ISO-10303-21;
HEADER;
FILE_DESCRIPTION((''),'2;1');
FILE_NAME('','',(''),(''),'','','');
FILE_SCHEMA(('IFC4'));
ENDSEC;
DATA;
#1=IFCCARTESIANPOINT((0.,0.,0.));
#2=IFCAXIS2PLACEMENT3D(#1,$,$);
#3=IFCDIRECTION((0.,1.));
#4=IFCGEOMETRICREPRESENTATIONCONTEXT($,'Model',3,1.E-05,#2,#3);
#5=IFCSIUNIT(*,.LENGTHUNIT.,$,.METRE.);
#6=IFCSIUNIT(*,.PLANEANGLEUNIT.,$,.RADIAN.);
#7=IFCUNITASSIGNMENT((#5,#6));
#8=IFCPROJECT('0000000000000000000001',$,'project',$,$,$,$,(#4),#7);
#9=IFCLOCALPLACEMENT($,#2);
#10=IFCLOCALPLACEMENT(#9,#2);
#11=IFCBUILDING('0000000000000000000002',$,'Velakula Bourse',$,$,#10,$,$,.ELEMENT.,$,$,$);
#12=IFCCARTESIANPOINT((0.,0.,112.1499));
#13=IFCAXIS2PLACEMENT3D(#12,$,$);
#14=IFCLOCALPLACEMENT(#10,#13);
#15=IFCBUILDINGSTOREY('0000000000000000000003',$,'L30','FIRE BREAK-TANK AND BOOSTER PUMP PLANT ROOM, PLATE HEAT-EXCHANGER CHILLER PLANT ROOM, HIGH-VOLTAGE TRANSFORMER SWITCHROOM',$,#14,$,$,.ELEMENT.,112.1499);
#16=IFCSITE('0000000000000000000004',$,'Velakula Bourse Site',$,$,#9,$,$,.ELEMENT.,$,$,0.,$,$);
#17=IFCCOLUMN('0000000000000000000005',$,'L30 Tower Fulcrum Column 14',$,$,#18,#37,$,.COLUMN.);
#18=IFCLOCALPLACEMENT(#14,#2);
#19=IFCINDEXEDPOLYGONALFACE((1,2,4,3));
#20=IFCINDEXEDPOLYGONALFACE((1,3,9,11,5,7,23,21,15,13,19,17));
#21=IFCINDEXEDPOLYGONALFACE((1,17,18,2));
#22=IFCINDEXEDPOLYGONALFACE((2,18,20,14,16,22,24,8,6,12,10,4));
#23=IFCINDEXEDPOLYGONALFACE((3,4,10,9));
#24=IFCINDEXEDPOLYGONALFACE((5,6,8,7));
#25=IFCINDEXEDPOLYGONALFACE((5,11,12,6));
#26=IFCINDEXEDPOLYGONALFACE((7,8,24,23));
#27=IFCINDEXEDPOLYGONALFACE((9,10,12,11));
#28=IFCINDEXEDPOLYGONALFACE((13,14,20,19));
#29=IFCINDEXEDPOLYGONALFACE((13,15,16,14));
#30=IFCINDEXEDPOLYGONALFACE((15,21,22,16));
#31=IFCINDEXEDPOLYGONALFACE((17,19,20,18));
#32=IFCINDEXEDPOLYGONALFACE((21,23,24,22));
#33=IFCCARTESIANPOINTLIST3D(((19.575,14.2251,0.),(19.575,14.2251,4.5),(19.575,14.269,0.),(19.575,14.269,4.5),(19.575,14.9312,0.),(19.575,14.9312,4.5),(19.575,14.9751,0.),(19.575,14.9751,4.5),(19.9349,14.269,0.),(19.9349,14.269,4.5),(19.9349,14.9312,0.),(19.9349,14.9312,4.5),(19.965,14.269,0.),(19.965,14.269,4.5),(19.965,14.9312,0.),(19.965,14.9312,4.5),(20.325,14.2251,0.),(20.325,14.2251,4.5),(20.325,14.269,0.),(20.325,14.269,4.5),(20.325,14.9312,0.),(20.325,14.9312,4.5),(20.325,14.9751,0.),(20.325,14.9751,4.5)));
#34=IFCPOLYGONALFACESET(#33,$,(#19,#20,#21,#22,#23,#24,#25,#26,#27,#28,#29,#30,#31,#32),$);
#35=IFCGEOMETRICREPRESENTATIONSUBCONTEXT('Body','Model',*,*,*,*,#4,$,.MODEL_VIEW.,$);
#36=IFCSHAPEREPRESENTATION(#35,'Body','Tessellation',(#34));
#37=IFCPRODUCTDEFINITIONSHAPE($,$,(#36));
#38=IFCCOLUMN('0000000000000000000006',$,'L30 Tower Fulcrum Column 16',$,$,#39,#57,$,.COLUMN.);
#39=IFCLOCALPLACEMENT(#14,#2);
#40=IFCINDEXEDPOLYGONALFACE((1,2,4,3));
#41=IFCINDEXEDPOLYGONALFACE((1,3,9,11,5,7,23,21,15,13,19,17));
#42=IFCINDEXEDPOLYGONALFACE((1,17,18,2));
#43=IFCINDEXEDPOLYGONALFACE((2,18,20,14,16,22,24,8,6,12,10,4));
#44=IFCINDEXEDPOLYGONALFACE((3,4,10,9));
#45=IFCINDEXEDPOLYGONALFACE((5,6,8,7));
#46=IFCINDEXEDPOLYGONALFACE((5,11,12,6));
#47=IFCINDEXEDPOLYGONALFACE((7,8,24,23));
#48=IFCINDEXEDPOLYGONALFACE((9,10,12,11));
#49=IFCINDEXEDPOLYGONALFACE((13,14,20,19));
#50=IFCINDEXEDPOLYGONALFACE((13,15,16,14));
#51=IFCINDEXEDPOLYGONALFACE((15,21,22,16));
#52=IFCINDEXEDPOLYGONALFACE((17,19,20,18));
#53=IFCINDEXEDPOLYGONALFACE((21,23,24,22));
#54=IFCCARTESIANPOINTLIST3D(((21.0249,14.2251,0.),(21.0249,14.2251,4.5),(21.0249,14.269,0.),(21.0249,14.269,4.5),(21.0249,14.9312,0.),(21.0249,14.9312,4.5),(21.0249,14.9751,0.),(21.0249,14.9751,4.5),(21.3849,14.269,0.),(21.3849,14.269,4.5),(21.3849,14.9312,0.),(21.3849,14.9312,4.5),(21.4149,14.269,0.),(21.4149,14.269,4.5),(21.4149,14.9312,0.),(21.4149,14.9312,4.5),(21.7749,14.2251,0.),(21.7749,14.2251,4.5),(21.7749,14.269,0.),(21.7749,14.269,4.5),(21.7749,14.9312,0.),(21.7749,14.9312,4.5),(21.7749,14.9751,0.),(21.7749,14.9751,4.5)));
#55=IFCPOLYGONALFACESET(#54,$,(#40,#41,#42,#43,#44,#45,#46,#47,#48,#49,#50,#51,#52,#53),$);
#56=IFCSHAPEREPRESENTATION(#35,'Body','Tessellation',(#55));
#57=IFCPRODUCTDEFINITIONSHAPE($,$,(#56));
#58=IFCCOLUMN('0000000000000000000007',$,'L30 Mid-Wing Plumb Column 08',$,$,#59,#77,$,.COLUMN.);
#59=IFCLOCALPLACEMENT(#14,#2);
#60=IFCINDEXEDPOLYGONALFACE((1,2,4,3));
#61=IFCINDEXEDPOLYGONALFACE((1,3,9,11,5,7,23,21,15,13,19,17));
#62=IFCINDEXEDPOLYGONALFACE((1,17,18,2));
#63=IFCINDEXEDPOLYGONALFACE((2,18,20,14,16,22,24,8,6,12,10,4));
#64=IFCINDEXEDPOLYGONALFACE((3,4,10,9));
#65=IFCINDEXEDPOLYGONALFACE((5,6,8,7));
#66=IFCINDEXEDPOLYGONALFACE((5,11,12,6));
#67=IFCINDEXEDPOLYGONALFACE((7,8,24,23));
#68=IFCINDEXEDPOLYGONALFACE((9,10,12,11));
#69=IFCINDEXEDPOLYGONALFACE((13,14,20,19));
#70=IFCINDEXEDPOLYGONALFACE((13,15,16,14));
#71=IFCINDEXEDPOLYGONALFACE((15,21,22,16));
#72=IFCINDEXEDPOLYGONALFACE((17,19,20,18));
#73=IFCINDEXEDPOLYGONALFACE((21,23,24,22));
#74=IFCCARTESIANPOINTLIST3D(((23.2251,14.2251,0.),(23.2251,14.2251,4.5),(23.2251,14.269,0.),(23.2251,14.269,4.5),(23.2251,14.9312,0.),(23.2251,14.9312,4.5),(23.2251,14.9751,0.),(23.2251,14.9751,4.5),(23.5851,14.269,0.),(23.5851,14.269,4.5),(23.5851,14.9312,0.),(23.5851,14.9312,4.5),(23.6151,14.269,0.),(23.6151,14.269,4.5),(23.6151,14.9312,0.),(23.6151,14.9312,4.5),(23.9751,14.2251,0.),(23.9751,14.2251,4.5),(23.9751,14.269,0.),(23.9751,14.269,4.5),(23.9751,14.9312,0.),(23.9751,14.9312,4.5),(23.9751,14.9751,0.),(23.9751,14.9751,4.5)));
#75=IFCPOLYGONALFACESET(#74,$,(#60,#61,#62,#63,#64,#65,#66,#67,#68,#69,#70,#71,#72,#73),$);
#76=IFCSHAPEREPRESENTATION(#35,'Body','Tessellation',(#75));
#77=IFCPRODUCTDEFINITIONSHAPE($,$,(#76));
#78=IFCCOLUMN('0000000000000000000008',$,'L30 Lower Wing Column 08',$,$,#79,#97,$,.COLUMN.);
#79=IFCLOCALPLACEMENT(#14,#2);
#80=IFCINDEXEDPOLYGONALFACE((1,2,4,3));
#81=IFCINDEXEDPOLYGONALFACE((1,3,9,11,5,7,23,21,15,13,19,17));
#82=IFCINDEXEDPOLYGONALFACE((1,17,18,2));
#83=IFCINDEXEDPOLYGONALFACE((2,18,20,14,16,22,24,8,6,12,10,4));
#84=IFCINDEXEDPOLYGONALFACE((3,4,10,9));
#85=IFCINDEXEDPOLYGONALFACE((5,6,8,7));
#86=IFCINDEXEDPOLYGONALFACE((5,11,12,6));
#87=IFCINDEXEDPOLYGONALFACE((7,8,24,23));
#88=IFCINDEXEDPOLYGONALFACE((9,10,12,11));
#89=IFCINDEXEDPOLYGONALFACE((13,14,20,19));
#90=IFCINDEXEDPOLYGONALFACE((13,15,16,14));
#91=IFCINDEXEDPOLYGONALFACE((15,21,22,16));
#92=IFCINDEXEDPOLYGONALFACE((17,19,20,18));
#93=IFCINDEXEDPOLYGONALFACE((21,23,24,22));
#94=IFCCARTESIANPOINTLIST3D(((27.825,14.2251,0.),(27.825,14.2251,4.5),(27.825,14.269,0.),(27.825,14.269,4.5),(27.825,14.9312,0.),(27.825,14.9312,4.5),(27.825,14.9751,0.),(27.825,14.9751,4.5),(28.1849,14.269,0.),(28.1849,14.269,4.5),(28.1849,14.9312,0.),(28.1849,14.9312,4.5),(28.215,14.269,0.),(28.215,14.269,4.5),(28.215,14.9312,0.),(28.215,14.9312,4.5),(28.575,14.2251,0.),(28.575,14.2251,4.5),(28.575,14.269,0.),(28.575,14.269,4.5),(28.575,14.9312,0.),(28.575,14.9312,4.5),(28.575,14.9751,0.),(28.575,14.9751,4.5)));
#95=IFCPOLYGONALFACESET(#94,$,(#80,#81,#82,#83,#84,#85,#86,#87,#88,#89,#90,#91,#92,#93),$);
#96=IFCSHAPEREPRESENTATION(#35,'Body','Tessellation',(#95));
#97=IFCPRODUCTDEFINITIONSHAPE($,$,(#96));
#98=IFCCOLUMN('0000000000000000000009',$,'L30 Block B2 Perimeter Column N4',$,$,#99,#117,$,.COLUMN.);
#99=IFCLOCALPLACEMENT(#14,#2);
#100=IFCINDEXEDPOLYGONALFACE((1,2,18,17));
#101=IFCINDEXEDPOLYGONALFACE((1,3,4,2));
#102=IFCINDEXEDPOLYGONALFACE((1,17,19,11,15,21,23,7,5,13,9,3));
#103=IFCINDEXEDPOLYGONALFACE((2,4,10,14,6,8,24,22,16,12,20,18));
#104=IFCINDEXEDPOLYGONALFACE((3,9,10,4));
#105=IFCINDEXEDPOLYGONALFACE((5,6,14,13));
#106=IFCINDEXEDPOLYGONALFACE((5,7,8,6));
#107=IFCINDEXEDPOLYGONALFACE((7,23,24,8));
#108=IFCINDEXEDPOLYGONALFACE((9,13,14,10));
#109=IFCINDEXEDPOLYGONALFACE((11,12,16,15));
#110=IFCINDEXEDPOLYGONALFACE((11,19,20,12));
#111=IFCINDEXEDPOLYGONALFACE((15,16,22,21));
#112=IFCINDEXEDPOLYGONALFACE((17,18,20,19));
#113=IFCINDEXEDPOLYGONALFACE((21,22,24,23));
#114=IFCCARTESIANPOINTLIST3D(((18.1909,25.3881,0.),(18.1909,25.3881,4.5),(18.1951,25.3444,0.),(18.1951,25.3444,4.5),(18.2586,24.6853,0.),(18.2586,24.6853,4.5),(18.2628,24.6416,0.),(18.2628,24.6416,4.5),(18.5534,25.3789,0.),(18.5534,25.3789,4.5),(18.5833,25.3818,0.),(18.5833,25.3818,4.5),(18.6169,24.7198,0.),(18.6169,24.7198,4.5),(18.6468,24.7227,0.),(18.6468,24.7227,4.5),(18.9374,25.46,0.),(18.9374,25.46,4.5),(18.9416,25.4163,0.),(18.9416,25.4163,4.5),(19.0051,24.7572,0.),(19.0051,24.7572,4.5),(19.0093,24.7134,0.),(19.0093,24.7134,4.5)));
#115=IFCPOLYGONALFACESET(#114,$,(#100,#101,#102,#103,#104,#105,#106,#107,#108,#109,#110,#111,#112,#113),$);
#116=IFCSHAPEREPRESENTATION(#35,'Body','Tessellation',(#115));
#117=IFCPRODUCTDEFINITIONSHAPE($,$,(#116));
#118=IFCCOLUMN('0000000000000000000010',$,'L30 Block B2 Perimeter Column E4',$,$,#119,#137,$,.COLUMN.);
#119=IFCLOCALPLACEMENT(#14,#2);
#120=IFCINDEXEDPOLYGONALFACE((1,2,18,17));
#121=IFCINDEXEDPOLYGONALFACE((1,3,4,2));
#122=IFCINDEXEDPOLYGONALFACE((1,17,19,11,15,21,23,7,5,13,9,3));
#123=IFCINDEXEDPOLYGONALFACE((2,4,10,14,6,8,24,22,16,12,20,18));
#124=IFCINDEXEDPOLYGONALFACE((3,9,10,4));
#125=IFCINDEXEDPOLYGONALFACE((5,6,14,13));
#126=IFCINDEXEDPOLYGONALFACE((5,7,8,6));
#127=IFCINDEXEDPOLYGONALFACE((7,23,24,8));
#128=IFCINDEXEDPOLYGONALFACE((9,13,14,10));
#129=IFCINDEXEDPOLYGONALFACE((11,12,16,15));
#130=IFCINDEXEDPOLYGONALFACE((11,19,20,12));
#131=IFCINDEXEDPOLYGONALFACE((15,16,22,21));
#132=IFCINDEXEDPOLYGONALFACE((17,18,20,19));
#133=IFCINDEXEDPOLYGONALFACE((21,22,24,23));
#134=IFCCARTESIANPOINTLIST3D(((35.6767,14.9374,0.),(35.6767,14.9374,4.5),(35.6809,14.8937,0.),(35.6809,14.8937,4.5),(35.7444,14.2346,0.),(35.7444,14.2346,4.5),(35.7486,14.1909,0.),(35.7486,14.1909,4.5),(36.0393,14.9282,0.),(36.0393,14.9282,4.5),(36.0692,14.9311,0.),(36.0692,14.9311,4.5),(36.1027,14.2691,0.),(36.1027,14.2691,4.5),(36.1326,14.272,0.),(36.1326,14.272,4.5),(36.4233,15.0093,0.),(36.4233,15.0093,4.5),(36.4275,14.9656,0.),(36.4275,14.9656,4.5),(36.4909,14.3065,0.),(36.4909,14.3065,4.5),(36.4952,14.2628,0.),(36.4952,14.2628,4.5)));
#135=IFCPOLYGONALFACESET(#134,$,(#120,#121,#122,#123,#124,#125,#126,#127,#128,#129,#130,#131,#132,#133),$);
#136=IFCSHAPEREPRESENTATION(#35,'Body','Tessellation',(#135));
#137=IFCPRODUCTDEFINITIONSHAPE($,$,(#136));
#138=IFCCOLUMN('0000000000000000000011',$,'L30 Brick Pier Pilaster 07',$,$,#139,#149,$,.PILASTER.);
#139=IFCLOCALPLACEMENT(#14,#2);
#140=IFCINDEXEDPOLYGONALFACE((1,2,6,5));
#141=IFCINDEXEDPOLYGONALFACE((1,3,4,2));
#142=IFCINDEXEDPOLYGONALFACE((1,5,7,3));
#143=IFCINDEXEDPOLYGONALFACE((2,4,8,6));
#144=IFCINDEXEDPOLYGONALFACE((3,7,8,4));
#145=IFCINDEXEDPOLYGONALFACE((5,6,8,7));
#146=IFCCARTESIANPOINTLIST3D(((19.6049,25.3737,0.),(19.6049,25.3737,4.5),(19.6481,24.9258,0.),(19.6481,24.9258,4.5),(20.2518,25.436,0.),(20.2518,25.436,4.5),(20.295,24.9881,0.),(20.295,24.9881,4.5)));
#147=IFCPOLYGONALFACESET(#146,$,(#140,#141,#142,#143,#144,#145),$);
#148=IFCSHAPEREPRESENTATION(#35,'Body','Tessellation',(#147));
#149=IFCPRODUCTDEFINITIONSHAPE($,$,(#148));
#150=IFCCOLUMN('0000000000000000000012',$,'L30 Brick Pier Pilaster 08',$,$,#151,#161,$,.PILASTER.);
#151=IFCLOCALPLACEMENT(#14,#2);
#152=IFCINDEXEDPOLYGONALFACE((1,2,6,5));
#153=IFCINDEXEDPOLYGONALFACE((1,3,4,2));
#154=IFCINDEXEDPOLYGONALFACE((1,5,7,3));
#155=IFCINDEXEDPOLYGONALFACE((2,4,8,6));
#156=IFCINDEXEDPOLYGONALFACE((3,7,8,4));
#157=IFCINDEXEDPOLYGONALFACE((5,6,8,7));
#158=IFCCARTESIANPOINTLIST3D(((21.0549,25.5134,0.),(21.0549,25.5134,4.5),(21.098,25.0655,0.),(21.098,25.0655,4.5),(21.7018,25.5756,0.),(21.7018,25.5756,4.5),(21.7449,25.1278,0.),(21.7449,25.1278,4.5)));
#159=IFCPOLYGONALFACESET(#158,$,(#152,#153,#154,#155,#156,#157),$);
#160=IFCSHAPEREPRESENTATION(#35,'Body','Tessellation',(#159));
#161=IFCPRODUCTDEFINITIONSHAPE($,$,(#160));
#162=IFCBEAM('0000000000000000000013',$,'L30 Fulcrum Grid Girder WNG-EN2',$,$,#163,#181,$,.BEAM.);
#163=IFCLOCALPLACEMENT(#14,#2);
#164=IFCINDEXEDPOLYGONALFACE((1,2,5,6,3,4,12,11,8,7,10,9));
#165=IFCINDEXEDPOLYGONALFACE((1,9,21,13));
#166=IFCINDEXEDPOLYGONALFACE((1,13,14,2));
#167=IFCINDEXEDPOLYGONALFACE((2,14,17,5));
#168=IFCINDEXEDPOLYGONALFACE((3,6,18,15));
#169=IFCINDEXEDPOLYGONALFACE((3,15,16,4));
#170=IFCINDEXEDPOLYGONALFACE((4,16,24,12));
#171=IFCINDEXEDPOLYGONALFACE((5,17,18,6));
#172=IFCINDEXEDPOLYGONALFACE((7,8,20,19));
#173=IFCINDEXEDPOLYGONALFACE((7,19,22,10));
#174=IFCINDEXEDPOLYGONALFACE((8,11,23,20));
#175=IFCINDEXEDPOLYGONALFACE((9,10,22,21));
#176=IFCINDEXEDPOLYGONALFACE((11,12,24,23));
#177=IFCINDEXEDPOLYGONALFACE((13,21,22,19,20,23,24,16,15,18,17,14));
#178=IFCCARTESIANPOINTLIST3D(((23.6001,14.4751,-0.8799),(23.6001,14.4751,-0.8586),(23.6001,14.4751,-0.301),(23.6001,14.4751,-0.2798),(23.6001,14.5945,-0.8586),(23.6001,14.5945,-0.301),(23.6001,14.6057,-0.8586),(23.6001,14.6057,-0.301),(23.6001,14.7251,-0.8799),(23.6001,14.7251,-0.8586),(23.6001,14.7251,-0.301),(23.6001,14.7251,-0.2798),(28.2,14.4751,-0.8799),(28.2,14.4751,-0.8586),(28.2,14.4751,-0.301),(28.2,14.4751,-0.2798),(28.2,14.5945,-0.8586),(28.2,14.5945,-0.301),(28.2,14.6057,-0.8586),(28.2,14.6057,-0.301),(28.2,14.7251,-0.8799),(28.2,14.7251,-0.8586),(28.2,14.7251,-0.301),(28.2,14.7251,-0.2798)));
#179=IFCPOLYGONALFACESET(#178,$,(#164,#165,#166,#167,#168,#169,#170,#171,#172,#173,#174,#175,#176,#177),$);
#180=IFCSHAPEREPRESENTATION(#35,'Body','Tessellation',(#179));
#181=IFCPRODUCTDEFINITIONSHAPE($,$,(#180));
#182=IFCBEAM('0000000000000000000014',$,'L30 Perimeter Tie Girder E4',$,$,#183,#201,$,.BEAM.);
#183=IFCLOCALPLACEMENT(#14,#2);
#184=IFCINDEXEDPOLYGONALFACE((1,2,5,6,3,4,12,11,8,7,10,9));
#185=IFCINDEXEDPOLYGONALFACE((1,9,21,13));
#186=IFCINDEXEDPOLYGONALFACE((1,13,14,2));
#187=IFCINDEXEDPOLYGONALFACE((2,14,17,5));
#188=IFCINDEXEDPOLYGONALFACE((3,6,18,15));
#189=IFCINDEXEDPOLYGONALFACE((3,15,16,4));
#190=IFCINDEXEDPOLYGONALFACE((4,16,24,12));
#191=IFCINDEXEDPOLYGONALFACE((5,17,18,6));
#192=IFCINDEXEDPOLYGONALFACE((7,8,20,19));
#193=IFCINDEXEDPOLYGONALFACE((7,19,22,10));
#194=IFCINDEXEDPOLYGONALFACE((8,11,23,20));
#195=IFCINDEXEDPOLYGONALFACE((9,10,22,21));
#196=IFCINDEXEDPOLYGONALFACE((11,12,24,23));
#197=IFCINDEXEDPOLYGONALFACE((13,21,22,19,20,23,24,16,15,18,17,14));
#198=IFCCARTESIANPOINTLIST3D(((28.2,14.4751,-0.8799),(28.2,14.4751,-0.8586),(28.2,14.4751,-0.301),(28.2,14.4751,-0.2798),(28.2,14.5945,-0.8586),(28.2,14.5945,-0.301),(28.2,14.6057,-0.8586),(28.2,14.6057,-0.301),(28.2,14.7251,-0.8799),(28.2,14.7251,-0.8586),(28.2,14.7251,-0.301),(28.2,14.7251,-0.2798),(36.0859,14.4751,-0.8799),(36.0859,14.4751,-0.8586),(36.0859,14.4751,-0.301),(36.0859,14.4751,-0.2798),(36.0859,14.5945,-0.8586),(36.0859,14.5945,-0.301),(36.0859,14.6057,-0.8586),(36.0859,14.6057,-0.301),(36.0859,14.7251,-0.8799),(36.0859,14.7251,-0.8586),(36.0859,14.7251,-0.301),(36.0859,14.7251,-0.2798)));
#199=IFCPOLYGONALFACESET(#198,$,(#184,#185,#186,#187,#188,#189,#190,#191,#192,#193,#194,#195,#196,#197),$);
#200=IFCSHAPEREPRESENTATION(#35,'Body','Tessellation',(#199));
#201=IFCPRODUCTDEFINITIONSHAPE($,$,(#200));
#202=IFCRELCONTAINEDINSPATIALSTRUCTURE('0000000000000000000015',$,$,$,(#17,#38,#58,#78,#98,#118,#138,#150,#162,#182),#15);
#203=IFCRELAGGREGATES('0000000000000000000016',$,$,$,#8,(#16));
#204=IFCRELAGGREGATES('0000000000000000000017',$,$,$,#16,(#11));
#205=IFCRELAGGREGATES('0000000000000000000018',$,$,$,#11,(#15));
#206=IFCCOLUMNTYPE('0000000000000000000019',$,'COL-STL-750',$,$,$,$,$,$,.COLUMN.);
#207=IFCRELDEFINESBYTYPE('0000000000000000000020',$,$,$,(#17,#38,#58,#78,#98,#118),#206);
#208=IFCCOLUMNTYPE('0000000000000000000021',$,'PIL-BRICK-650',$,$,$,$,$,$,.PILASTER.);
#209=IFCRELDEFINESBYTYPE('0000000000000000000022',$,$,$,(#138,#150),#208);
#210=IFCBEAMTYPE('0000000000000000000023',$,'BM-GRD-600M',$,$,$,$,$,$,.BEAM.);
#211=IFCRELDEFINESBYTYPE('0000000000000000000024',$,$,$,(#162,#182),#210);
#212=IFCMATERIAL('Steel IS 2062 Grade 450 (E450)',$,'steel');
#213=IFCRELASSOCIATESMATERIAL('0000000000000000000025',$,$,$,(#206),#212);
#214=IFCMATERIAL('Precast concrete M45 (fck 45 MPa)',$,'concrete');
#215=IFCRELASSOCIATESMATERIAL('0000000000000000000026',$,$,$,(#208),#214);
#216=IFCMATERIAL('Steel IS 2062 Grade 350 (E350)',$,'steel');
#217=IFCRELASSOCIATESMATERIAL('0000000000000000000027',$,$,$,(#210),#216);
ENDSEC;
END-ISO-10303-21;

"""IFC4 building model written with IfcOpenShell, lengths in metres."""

from ifc_helpers import new_model, si_unit, direction, frame, origin, origin_2d, place, context, subcontext, project, spatial, rectangle, i_section, extrude, material, material_profile, profile_set, type_object, element, save


model = new_model("IFC4")

# Units and contexts
model_context = context("Model", 3, precision=1e-05, world=origin(), true_north=direction((0.0, 1.0)))
body_context = subcontext(model_context, "Body", "Model", "MODEL_VIEW")
ifc_project = project(units=[si_unit("LENGTHUNIT", "METRE"), si_unit("PLANEANGLEUNIT", "RADIAN")], contexts=[model_context])

# Site, building, storey
site_placement = place(None, origin())
site = spatial("IfcSite", under=ifc_project, at=site_placement, Name="Velakula Bourse Site", CompositionType="ELEMENT", RefElevation=0.0)
building_placement = place(site_placement, origin())
building = spatial("IfcBuilding", under=site, at=building_placement, Name="Velakula Bourse", CompositionType="ELEMENT")
storey_placement = place(building_placement, frame((0.0, 0.0, 112.1499)))
storey = spatial("IfcBuildingStorey", under=building, at=storey_placement, Name="L30", Description="FIRE BREAK-TANK AND BOOSTER PUMP PLANT ROOM, PLATE HEAT-EXCHANGER CHILLER PLANT ROOM, HIGH-VOLTAGE TRANSFORMER SWITCHROOM", CompositionType="ELEMENT", Elevation=112.1499)

# Columns
ifc_material_1 = material(Name="Steel IS 2062 Grade 450 (E450)", Category="steel")
ifc_material_profile_1 = material_profile(ifc_material_1, i_section(OverallWidth=0.75, OverallDepth=0.75, WebThickness=0.03, FlangeThickness=0.0439, at=origin_2d()), Name="Steel IS 2062 Grade 450 (E450)")
ifc_profile_set_1 = profile_set([ifc_material_profile_1], Name="Steel IS 2062 Grade 450 (E450)")
column_type_1 = type_object("IfcColumnType", Name="COL-STL-750", PredefinedType="COLUMN", material=ifc_profile_set_1)
for number, where, z_axis, x_axis, name in (
    (1, (19.95, 14.6001, 0.0), (0.0, 0.0, 1.0), (1.0, 0.0, 0.0), "L30 Tower Fulcrum Column 14"),
    (2, (21.3999, 14.6001, 0.0), (0.0, 0.0, 1.0), (1.0, 0.0, 0.0), "L30 Tower Fulcrum Column 16"),
    (3, (23.6001, 14.6001, 0.0), (0.0, 0.0, 1.0), (1.0, 0.0, 0.0), "L30 Mid-Wing Plumb Column 08"),
    (4, (28.2, 14.6001, 0.0), (0.0, 0.0, 1.0), (1.0, 0.0, 0.0), "L30 Lower Wing Column 08"),
    (5, (18.6001, 25.0508, 0.0), (0.0, 0.0, 1.0), (0.995396, 0.095846, 0.0), "L30 Block B2 Perimeter Column N4"),
    (6, (36.0859, 14.6001, 0.0), (0.0, 0.0, 1.0), (0.995396, 0.095846, 0.0), "L30 Block B2 Perimeter Column E4"),
):
    element("IfcColumn", number, at=place(storey_placement, frame(where, z_axis=z_axis, x_axis=x_axis)), inside=storey, type_object=column_type_1, Name=name, PredefinedType="COLUMN", context=body_context, shape_type="SweptSolid", body=[
        extrude(i_section(OverallWidth=0.75, OverallDepth=0.75, WebThickness=0.03, FlangeThickness=0.0439, at=origin_2d()), origin(), (0.0, 0.0, 1.0), 4.5),
    ])
ifc_material_2 = material(Name="Precast concrete M45 (fck 45 MPa)", Category="concrete")
ifc_material_profile_2 = material_profile(ifc_material_2, rectangle(XDim=0.6499, YDim=0.45, at=origin_2d()), Name="Precast concrete M45 (fck 45 MPa)")
ifc_profile_set_2 = profile_set([ifc_material_profile_2], Name="Precast concrete M45 (fck 45 MPa)")
column_type_2 = type_object("IfcColumnType", Name="PIL-BRICK-650", PredefinedType="PILASTER", material=ifc_profile_set_2)
for number, where, z_axis, x_axis, name in (
    (7, (19.95, 25.1809, 0.0), (0.0, 0.0, 1.0), (0.995396, 0.095846, 0.0), "L30 Brick Pier Pilaster 07"),
    (8, (21.3999, 25.3206, 0.0), (0.0, 0.0, 1.0), (0.995396, 0.095846, 0.0), "L30 Brick Pier Pilaster 08"),
):
    element("IfcColumn", number, at=place(storey_placement, frame(where, z_axis=z_axis, x_axis=x_axis)), inside=storey, type_object=column_type_2, Name=name, PredefinedType="PILASTER", context=body_context, shape_type="SweptSolid", body=[
        extrude(rectangle(XDim=0.6499, YDim=0.45, at=origin_2d()), origin(), (0.0, 0.0, 1.0), 4.5),
    ])

# Beams
ifc_material_3 = material(Name="Steel IS 2062 Grade 350 (E350)", Category="steel")
ifc_material_profile_3 = material_profile(ifc_material_3, i_section(OverallWidth=0.25, OverallDepth=0.6001, WebThickness=0.0112, FlangeThickness=0.0212, at=origin_2d()), Name="Steel IS 2062 Grade 350 (E350)")
ifc_profile_set_3 = profile_set([ifc_material_profile_3], Name="Steel IS 2062 Grade 350 (E350)")
beam_type_1 = type_object("IfcBeamType", Name="BM-GRD-600M", PredefinedType="BEAM", material=ifc_profile_set_3)
beam_1_placement = place(storey_placement, frame((23.6001, 14.6001, -0.5798), z_axis=(1.0, 0.0, 0.0), x_axis=(0.0, 1.0, 0.0)))
element("IfcBeam", 9, at=beam_1_placement, inside=storey, type_object=beam_type_1, Name="L30 Fulcrum Grid Girder WNG-EN2", PredefinedType="BEAM", context=body_context, shape_type="SweptSolid", body=[
    extrude(i_section(OverallWidth=0.25, OverallDepth=0.6001, WebThickness=0.0112, FlangeThickness=0.0212, at=origin_2d()), origin(), (0.0, 0.0, 1.0), 4.5999),
])
beam_2_placement = place(storey_placement, frame((28.2, 14.6001, -0.5798), z_axis=(1.0, 0.0, 0.0), x_axis=(0.0, 1.0, 0.0)))
element("IfcBeam", 10, at=beam_2_placement, inside=storey, type_object=beam_type_1, Name="L30 Perimeter Tie Girder E4", PredefinedType="BEAM", context=body_context, shape_type="SweptSolid", body=[
    extrude(i_section(OverallWidth=0.25, OverallDepth=0.6001, WebThickness=0.0112, FlangeThickness=0.0212, at=origin_2d()), origin(), (0.0, 0.0, 1.0), 7.886),
])

save(model, "model.ifc")
